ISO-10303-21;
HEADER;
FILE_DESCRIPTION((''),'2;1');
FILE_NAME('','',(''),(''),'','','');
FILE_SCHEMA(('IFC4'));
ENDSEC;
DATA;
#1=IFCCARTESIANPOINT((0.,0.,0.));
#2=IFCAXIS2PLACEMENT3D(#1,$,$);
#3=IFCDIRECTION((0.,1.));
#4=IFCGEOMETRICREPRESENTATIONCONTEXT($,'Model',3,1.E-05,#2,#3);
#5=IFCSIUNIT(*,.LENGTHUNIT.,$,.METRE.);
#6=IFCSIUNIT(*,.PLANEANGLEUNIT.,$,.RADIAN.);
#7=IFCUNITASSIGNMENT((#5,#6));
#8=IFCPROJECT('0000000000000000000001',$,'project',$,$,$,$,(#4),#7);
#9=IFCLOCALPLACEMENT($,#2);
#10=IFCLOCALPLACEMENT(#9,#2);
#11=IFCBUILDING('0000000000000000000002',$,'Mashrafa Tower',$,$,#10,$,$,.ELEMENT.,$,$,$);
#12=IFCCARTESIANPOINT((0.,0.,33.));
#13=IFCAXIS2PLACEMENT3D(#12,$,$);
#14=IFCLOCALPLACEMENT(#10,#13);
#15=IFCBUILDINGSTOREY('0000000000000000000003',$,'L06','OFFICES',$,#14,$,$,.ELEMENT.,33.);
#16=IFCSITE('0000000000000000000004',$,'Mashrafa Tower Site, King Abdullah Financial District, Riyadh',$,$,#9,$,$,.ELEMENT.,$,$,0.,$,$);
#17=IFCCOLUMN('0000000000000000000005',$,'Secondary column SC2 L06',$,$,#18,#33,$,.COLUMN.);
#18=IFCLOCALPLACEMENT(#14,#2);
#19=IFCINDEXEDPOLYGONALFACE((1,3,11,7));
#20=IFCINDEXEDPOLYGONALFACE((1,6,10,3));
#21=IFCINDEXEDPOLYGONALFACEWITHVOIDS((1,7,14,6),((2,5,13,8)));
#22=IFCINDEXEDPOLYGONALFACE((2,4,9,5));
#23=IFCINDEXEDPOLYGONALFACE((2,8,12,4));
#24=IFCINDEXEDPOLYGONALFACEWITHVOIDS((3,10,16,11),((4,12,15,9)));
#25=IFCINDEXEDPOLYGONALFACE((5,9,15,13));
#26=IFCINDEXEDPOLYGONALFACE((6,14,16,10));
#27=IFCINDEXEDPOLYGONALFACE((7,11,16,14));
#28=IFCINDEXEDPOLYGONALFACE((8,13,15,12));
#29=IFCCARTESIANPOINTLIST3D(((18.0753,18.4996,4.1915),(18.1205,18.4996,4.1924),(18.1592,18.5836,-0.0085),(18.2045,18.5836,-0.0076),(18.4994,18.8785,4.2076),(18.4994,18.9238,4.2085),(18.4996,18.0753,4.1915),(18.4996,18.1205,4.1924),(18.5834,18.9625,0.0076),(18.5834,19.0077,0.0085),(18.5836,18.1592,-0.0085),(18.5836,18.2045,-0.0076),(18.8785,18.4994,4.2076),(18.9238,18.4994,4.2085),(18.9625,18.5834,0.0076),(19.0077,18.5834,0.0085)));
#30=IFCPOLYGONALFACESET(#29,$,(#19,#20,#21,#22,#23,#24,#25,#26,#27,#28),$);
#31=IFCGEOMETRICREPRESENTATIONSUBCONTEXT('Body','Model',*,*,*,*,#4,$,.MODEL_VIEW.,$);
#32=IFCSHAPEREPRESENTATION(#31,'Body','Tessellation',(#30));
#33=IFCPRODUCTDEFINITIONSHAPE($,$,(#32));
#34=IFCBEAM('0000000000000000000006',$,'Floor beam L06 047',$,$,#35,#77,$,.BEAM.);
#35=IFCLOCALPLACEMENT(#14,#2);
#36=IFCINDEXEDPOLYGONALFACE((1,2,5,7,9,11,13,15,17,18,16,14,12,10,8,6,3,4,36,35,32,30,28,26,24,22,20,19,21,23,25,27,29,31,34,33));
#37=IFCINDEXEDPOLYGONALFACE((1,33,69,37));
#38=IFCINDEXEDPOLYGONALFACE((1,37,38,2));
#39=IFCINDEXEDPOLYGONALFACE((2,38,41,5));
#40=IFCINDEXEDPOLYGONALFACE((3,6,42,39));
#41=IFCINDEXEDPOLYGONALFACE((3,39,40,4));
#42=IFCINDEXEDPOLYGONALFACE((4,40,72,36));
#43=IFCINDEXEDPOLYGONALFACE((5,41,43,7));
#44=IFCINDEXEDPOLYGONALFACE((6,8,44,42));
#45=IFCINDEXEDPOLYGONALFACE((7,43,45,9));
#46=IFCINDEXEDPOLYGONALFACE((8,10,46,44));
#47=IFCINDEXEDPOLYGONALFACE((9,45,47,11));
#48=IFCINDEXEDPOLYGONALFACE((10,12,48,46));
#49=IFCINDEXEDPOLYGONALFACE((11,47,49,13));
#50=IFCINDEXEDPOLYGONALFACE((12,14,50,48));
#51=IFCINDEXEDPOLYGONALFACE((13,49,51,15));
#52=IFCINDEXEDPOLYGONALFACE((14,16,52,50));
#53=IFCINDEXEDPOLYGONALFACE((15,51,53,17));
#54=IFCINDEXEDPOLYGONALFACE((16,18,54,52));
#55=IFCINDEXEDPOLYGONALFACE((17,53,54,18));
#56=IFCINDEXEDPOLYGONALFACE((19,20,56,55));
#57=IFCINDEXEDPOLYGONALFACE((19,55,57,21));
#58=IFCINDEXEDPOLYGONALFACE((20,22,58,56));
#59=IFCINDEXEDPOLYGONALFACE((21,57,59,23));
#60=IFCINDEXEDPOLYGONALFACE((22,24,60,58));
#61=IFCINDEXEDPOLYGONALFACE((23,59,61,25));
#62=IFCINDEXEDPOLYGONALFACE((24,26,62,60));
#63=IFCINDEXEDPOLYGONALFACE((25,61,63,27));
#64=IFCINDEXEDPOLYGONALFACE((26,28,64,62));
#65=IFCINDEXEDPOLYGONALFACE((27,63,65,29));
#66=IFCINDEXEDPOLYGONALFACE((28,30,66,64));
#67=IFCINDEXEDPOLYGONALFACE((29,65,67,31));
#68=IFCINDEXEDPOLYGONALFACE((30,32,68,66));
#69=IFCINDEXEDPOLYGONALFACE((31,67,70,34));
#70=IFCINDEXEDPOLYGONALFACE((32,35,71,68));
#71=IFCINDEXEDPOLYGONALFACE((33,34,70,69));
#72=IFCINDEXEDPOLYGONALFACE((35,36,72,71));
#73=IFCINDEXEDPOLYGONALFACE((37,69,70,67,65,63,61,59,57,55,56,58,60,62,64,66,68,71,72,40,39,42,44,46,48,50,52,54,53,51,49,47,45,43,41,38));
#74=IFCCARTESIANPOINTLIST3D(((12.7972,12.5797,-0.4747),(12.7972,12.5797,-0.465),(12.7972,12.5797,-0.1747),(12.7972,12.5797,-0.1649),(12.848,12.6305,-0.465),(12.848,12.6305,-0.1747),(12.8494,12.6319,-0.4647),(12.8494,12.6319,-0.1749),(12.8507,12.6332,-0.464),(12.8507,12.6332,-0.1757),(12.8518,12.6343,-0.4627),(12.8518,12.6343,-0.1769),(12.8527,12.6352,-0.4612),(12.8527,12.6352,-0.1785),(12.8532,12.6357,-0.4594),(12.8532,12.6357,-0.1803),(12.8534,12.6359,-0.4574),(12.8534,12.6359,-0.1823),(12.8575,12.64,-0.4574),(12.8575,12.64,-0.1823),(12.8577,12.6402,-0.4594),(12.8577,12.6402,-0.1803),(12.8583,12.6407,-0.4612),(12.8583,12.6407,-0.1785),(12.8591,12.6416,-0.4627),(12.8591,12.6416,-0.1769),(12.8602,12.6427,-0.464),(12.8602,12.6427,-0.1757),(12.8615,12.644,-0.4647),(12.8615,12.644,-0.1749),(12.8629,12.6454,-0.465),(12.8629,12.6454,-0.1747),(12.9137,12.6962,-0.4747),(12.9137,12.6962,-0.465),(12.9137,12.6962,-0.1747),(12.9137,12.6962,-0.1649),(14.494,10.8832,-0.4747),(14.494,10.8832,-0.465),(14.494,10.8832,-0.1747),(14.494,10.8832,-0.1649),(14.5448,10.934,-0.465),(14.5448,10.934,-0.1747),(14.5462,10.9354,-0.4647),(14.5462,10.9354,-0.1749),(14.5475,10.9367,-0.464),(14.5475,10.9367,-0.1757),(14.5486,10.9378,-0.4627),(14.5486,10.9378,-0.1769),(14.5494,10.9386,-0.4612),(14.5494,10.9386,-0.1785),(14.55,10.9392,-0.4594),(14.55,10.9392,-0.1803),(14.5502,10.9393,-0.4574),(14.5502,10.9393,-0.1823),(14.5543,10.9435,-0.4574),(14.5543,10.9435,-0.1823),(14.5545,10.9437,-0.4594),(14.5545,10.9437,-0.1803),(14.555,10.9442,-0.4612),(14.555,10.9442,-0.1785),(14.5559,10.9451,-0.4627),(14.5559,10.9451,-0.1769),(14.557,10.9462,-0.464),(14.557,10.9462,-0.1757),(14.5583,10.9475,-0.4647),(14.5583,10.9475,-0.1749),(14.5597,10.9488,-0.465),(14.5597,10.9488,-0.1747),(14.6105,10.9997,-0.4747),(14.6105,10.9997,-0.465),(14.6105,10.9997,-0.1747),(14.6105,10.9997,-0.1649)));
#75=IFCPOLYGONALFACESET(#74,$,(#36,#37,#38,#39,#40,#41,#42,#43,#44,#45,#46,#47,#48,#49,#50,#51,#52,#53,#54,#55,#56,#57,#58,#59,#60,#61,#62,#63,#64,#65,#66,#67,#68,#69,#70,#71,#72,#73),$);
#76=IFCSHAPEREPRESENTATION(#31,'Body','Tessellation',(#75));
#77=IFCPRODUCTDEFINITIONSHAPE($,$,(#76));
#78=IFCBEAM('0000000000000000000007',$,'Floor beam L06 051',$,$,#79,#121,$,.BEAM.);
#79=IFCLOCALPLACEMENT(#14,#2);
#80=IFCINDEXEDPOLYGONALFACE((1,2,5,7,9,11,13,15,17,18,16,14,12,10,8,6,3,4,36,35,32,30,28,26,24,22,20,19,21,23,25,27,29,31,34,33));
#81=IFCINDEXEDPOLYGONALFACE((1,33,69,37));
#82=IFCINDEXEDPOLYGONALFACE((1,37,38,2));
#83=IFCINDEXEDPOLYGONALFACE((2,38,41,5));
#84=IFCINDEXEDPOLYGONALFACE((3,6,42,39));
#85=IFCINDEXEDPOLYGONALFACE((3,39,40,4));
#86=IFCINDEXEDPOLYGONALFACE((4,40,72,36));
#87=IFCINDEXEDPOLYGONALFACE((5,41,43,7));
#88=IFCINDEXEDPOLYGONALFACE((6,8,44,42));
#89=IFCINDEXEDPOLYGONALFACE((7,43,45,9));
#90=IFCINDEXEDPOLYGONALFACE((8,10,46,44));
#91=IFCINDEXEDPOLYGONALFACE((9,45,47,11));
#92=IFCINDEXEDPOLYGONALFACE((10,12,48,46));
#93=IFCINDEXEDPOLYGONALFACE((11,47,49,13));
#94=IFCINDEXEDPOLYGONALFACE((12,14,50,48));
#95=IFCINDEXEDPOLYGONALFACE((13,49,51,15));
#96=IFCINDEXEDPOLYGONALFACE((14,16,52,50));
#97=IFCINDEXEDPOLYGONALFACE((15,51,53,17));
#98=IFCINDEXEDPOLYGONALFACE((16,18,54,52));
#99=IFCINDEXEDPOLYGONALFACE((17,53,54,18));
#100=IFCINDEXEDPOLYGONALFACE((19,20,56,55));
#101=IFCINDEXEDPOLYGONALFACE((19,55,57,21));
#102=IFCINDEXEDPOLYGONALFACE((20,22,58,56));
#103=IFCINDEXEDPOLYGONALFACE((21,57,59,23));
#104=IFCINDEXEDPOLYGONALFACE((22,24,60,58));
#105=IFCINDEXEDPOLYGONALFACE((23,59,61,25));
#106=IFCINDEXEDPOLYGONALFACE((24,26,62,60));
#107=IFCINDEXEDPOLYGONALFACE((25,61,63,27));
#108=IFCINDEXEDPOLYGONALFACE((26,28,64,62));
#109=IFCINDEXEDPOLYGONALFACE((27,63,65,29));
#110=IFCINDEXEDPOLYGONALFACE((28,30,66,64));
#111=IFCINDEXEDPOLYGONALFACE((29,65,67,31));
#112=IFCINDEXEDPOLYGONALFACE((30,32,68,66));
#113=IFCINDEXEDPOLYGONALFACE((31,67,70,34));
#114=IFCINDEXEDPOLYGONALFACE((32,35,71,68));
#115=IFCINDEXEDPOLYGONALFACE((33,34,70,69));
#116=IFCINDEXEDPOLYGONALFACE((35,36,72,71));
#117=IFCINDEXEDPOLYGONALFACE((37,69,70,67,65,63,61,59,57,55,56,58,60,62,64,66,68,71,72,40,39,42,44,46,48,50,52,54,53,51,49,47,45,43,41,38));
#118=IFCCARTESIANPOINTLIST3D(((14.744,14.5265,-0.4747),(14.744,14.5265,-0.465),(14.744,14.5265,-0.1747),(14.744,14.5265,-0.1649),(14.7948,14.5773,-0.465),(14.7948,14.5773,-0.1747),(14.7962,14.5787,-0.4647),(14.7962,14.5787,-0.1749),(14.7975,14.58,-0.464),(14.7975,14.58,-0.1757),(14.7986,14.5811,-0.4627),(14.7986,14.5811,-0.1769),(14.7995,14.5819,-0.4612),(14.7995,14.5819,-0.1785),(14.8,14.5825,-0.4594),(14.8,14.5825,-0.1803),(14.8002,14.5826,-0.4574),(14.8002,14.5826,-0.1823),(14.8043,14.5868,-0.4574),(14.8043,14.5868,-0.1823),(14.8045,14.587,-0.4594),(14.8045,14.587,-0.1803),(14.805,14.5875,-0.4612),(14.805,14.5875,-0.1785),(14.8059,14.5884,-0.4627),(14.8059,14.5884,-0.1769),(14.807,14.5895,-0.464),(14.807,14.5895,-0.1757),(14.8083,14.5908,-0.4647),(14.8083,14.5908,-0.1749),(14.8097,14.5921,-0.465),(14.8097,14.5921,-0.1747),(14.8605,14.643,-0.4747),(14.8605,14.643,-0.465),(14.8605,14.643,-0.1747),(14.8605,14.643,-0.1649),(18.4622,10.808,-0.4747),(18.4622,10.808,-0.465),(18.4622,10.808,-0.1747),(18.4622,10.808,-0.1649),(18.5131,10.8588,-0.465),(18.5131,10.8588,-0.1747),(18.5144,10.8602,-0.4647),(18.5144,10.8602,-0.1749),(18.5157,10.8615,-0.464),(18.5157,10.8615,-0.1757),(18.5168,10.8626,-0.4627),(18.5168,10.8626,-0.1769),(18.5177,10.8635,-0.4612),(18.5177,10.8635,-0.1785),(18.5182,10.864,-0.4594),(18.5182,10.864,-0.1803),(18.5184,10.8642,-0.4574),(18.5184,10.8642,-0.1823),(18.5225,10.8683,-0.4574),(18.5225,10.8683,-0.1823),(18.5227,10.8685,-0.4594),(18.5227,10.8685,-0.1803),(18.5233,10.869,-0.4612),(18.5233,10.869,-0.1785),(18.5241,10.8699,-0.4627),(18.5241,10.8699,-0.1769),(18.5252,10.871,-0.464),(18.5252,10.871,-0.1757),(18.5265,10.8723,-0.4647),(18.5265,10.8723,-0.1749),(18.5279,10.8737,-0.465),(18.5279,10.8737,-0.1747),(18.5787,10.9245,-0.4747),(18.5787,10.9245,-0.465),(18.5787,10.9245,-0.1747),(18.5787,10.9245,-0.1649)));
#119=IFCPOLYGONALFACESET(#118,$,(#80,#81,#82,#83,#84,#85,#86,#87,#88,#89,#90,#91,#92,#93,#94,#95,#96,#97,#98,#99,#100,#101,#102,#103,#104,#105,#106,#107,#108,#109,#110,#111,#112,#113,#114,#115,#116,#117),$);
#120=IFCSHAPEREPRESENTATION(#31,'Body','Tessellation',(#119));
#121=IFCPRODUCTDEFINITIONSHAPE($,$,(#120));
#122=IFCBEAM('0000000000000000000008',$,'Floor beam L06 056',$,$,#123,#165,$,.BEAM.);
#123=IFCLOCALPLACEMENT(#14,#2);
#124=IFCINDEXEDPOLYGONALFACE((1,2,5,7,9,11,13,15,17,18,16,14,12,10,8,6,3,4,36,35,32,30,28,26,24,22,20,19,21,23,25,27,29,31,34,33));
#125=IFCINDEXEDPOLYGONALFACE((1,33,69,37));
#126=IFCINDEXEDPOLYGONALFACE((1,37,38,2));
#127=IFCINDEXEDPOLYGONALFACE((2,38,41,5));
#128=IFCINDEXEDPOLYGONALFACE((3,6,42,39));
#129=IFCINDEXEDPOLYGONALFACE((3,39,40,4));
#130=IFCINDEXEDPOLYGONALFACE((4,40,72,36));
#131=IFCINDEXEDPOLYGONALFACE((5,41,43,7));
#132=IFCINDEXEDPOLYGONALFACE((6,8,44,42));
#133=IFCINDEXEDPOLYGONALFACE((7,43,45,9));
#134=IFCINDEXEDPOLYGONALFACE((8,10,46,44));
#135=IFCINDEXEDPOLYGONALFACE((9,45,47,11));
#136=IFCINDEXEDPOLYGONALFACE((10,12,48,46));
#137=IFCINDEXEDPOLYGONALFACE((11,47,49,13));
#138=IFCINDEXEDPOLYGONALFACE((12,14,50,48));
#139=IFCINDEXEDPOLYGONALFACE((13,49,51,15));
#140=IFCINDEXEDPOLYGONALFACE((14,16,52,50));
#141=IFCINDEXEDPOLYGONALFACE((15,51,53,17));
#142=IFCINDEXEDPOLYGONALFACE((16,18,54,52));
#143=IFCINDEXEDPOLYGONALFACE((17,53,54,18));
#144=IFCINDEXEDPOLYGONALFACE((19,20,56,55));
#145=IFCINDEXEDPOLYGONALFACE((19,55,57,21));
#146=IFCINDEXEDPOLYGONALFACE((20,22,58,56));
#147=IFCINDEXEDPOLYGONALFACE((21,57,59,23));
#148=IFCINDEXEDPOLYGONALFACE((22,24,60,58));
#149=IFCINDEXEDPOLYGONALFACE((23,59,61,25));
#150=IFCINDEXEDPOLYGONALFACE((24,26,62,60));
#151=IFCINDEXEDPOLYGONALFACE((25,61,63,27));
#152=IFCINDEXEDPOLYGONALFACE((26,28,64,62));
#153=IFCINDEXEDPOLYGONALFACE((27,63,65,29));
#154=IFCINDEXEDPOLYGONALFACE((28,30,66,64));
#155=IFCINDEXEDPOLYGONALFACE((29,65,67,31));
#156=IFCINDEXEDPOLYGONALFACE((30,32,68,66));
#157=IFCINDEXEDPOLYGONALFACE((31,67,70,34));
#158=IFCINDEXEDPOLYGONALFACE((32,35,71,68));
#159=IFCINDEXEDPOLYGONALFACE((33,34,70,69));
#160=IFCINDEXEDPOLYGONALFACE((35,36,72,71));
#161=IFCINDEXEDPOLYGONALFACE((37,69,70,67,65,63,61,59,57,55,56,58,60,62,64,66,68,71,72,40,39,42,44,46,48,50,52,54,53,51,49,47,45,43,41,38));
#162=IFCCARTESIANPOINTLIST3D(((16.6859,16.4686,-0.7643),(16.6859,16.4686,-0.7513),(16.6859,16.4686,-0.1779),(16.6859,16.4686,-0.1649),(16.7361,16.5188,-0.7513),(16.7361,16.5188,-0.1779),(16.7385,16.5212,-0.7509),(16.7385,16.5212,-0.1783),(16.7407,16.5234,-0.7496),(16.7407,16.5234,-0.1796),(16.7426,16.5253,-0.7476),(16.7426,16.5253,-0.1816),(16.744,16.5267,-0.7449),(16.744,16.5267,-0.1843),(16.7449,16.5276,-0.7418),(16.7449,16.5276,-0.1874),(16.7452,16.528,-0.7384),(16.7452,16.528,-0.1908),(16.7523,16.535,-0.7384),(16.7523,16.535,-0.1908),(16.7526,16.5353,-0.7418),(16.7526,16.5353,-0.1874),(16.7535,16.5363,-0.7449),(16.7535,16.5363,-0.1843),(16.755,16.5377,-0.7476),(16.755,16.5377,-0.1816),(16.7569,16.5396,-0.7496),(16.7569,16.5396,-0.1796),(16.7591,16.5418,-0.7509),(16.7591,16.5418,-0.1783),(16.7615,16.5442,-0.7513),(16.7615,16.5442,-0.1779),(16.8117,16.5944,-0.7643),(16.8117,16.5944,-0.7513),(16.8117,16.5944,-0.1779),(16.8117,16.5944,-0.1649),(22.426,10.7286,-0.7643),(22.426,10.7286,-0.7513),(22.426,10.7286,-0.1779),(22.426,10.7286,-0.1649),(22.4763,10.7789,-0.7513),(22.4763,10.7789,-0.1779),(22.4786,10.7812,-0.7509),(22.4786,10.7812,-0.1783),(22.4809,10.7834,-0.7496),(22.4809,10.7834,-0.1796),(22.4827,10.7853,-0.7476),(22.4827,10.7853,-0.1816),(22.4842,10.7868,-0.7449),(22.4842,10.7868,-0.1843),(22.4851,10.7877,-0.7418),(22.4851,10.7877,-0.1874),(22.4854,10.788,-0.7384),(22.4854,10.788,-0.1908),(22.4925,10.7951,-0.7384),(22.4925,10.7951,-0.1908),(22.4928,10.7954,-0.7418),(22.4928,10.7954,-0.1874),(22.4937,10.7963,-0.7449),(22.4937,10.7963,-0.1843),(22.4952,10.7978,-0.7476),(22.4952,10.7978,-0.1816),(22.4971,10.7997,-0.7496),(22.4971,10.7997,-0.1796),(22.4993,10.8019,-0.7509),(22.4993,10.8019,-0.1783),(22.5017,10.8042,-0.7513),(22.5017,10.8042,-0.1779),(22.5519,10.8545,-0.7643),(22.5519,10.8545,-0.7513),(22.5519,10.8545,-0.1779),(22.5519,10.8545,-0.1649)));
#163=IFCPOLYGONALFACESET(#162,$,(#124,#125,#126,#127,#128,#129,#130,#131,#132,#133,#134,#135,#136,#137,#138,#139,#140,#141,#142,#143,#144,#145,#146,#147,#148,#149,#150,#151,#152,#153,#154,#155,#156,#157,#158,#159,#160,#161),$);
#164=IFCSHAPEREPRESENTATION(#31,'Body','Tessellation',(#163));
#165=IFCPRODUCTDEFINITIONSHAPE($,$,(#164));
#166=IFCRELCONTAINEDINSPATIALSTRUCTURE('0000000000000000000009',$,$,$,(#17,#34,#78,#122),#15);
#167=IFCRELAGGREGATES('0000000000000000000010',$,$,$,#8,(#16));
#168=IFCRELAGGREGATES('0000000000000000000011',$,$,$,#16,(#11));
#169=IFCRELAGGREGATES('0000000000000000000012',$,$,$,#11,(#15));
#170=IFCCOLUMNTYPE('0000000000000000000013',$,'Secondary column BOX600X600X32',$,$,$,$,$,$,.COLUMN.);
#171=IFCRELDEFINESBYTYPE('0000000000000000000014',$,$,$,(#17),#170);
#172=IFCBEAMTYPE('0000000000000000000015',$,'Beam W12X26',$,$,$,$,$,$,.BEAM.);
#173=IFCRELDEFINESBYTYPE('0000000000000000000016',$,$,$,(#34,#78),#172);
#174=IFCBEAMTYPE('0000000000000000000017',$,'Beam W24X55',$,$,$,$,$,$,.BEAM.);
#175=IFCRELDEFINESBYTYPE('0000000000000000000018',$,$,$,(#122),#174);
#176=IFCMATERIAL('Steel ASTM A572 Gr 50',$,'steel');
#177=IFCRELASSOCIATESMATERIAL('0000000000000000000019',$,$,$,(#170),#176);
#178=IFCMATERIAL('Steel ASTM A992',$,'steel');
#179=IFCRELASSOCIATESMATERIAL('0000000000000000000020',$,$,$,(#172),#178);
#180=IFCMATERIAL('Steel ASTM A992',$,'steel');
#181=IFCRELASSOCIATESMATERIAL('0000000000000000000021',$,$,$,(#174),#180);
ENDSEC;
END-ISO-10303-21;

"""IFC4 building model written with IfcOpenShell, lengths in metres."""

from ifc_helpers import new_model, si_unit, direction, frame, origin, origin_2d, place, context, subcontext, project, spatial, hollow_rectangle, i_section, extrude, material, material_profile, profile_set, type_object, element, save


model = new_model("IFC4")

# Units and contexts
model_context = context("Model", 3, precision=1e-05, world=origin(), true_north=direction((0.0, 1.0)))
body_context = subcontext(model_context, "Body", "Model", "MODEL_VIEW")
ifc_project = project(units=[si_unit("LENGTHUNIT", "METRE"), si_unit("PLANEANGLEUNIT", "RADIAN")], contexts=[model_context])

# Site, building, storey
site_placement = place(None, origin())
site = spatial("IfcSite", under=ifc_project, at=site_placement, Name="Mashrafa Tower Site, King Abdullah Financial District, Riyadh", CompositionType="ELEMENT", RefElevation=0.0)
building_placement = place(site_placement, origin())
building = spatial("IfcBuilding", under=site, at=building_placement, Name="Mashrafa Tower", CompositionType="ELEMENT")
storey_placement = place(building_placement, frame((0.0, 0.0, 33.0)))
storey = spatial("IfcBuildingStorey", under=building, at=storey_placement, Name="L06", Description="OFFICES", CompositionType="ELEMENT", Elevation=33.0)

# Column
ifc_material_1 = material(Name="Steel ASTM A572 Gr 50", Category="steel")
ifc_material_profile_1 = material_profile(ifc_material_1, hollow_rectangle(XDim=0.6001, YDim=0.6001, WallThickness=0.032, at=origin_2d()), Name="BOX600X600X32")
ifc_profile_set_1 = profile_set([ifc_material_profile_1], Name="Steel ASTM A572 Gr 50")
column_type = type_object("IfcColumnType", Name="Secondary column BOX600X600X32", PredefinedType="COLUMN", material=ifc_profile_set_1)
column_placement = place(storey_placement, frame((18.5835, 18.5835, 0.0), z_axis=(-0.019989, -0.019989, 0.9996), x_axis=(0.707107, -0.707107, 0.0)))
element("IfcColumn", 1, at=column_placement, inside=storey, type_object=column_type, Name="Secondary column SC2 L06", PredefinedType="COLUMN", context=body_context, shape_type="SweptSolid", body=[
    extrude(hollow_rectangle(XDim=0.6001, YDim=0.6001, WallThickness=0.032, at=origin_2d()), origin(), (0.0, 0.0, 1.0), 4.2017),
])

# Beams
ifc_material_2 = material(Name="Steel ASTM A992", Category="steel")
ifc_material_profile_2 = material_profile(ifc_material_2, i_section(OverallWidth=0.1648, OverallDepth=0.3098, WebThickness=0.0059, FlangeThickness=0.0098, FilletRadius=0.0076, at=origin_2d()), Name="W12X26")
ifc_profile_set_2 = profile_set([ifc_material_profile_2], Name="Steel ASTM A992")
beam_type_1 = type_object("IfcBeamType", Name="Beam W12X26", PredefinedType="BEAM", material=ifc_profile_set_2)
beam_1_placement = place(storey_placement, frame((12.8555, 12.6379, -0.3198), z_axis=(0.707158, -0.707056, 0.0), x_axis=(0.707056, 0.707158, 0.0)))
element("IfcBeam", 2, at=beam_1_placement, inside=storey, type_object=beam_type_1, Name="Floor beam L06 047", PredefinedType="BEAM", context=body_context, shape_type="SweptSolid", body=[
    extrude(i_section(OverallWidth=0.1648, OverallDepth=0.3098, WebThickness=0.0059, FlangeThickness=0.0098, FilletRadius=0.0076, at=origin_2d()), origin(), (0.0, 0.0, 1.0), 2.3994),
])
beam_2_placement = place(storey_placement, frame((14.8022, 14.5847, -0.3198), z_axis=(0.707084, -0.70713, 0.0), x_axis=(0.70713, 0.707084, 0.0)))
element("IfcBeam", 3, at=beam_2_placement, inside=storey, type_object=beam_type_1, Name="Floor beam L06 051", PredefinedType="BEAM", context=body_context, shape_type="SweptSolid", body=[
    extrude(i_section(OverallWidth=0.1648, OverallDepth=0.3098, WebThickness=0.0059, FlangeThickness=0.0098, FilletRadius=0.0076, at=origin_2d()), origin(), (0.0, 0.0, 1.0), 5.2585),
])
ifc_material_3 = material(Name="Steel ASTM A992", Category="steel")
ifc_material_profile_3 = material_profile(ifc_material_3, i_section(OverallWidth=0.178, OverallDepth=0.5994, WebThickness=0.01, FlangeThickness=0.0129, FilletRadius=0.0129, at=origin_2d()), Name="W24X55")
ifc_profile_set_3 = profile_set([ifc_material_profile_3], Name="Steel ASTM A992")
beam_type_2 = type_object("IfcBeamType", Name="Beam W24X55", PredefinedType="BEAM", material=ifc_profile_set_3)
beam_3_placement = place(storey_placement, frame((16.7488, 16.5315, -0.4646), z_axis=(0.707122, -0.707092, 0.0), x_axis=(0.707092, 0.707122, 0.0)))
element("IfcBeam", 4, at=beam_3_placement, inside=storey, type_object=beam_type_2, Name="Floor beam L06 056", PredefinedType="BEAM", context=body_context, shape_type="SweptSolid", body=[
    extrude(i_section(OverallWidth=0.178, OverallDepth=0.5994, WebThickness=0.01, FlangeThickness=0.0129, FilletRadius=0.0129, at=origin_2d()), origin(), (0.0, 0.0, 1.0), 8.1177),
])

save(model, "model.ifc")
